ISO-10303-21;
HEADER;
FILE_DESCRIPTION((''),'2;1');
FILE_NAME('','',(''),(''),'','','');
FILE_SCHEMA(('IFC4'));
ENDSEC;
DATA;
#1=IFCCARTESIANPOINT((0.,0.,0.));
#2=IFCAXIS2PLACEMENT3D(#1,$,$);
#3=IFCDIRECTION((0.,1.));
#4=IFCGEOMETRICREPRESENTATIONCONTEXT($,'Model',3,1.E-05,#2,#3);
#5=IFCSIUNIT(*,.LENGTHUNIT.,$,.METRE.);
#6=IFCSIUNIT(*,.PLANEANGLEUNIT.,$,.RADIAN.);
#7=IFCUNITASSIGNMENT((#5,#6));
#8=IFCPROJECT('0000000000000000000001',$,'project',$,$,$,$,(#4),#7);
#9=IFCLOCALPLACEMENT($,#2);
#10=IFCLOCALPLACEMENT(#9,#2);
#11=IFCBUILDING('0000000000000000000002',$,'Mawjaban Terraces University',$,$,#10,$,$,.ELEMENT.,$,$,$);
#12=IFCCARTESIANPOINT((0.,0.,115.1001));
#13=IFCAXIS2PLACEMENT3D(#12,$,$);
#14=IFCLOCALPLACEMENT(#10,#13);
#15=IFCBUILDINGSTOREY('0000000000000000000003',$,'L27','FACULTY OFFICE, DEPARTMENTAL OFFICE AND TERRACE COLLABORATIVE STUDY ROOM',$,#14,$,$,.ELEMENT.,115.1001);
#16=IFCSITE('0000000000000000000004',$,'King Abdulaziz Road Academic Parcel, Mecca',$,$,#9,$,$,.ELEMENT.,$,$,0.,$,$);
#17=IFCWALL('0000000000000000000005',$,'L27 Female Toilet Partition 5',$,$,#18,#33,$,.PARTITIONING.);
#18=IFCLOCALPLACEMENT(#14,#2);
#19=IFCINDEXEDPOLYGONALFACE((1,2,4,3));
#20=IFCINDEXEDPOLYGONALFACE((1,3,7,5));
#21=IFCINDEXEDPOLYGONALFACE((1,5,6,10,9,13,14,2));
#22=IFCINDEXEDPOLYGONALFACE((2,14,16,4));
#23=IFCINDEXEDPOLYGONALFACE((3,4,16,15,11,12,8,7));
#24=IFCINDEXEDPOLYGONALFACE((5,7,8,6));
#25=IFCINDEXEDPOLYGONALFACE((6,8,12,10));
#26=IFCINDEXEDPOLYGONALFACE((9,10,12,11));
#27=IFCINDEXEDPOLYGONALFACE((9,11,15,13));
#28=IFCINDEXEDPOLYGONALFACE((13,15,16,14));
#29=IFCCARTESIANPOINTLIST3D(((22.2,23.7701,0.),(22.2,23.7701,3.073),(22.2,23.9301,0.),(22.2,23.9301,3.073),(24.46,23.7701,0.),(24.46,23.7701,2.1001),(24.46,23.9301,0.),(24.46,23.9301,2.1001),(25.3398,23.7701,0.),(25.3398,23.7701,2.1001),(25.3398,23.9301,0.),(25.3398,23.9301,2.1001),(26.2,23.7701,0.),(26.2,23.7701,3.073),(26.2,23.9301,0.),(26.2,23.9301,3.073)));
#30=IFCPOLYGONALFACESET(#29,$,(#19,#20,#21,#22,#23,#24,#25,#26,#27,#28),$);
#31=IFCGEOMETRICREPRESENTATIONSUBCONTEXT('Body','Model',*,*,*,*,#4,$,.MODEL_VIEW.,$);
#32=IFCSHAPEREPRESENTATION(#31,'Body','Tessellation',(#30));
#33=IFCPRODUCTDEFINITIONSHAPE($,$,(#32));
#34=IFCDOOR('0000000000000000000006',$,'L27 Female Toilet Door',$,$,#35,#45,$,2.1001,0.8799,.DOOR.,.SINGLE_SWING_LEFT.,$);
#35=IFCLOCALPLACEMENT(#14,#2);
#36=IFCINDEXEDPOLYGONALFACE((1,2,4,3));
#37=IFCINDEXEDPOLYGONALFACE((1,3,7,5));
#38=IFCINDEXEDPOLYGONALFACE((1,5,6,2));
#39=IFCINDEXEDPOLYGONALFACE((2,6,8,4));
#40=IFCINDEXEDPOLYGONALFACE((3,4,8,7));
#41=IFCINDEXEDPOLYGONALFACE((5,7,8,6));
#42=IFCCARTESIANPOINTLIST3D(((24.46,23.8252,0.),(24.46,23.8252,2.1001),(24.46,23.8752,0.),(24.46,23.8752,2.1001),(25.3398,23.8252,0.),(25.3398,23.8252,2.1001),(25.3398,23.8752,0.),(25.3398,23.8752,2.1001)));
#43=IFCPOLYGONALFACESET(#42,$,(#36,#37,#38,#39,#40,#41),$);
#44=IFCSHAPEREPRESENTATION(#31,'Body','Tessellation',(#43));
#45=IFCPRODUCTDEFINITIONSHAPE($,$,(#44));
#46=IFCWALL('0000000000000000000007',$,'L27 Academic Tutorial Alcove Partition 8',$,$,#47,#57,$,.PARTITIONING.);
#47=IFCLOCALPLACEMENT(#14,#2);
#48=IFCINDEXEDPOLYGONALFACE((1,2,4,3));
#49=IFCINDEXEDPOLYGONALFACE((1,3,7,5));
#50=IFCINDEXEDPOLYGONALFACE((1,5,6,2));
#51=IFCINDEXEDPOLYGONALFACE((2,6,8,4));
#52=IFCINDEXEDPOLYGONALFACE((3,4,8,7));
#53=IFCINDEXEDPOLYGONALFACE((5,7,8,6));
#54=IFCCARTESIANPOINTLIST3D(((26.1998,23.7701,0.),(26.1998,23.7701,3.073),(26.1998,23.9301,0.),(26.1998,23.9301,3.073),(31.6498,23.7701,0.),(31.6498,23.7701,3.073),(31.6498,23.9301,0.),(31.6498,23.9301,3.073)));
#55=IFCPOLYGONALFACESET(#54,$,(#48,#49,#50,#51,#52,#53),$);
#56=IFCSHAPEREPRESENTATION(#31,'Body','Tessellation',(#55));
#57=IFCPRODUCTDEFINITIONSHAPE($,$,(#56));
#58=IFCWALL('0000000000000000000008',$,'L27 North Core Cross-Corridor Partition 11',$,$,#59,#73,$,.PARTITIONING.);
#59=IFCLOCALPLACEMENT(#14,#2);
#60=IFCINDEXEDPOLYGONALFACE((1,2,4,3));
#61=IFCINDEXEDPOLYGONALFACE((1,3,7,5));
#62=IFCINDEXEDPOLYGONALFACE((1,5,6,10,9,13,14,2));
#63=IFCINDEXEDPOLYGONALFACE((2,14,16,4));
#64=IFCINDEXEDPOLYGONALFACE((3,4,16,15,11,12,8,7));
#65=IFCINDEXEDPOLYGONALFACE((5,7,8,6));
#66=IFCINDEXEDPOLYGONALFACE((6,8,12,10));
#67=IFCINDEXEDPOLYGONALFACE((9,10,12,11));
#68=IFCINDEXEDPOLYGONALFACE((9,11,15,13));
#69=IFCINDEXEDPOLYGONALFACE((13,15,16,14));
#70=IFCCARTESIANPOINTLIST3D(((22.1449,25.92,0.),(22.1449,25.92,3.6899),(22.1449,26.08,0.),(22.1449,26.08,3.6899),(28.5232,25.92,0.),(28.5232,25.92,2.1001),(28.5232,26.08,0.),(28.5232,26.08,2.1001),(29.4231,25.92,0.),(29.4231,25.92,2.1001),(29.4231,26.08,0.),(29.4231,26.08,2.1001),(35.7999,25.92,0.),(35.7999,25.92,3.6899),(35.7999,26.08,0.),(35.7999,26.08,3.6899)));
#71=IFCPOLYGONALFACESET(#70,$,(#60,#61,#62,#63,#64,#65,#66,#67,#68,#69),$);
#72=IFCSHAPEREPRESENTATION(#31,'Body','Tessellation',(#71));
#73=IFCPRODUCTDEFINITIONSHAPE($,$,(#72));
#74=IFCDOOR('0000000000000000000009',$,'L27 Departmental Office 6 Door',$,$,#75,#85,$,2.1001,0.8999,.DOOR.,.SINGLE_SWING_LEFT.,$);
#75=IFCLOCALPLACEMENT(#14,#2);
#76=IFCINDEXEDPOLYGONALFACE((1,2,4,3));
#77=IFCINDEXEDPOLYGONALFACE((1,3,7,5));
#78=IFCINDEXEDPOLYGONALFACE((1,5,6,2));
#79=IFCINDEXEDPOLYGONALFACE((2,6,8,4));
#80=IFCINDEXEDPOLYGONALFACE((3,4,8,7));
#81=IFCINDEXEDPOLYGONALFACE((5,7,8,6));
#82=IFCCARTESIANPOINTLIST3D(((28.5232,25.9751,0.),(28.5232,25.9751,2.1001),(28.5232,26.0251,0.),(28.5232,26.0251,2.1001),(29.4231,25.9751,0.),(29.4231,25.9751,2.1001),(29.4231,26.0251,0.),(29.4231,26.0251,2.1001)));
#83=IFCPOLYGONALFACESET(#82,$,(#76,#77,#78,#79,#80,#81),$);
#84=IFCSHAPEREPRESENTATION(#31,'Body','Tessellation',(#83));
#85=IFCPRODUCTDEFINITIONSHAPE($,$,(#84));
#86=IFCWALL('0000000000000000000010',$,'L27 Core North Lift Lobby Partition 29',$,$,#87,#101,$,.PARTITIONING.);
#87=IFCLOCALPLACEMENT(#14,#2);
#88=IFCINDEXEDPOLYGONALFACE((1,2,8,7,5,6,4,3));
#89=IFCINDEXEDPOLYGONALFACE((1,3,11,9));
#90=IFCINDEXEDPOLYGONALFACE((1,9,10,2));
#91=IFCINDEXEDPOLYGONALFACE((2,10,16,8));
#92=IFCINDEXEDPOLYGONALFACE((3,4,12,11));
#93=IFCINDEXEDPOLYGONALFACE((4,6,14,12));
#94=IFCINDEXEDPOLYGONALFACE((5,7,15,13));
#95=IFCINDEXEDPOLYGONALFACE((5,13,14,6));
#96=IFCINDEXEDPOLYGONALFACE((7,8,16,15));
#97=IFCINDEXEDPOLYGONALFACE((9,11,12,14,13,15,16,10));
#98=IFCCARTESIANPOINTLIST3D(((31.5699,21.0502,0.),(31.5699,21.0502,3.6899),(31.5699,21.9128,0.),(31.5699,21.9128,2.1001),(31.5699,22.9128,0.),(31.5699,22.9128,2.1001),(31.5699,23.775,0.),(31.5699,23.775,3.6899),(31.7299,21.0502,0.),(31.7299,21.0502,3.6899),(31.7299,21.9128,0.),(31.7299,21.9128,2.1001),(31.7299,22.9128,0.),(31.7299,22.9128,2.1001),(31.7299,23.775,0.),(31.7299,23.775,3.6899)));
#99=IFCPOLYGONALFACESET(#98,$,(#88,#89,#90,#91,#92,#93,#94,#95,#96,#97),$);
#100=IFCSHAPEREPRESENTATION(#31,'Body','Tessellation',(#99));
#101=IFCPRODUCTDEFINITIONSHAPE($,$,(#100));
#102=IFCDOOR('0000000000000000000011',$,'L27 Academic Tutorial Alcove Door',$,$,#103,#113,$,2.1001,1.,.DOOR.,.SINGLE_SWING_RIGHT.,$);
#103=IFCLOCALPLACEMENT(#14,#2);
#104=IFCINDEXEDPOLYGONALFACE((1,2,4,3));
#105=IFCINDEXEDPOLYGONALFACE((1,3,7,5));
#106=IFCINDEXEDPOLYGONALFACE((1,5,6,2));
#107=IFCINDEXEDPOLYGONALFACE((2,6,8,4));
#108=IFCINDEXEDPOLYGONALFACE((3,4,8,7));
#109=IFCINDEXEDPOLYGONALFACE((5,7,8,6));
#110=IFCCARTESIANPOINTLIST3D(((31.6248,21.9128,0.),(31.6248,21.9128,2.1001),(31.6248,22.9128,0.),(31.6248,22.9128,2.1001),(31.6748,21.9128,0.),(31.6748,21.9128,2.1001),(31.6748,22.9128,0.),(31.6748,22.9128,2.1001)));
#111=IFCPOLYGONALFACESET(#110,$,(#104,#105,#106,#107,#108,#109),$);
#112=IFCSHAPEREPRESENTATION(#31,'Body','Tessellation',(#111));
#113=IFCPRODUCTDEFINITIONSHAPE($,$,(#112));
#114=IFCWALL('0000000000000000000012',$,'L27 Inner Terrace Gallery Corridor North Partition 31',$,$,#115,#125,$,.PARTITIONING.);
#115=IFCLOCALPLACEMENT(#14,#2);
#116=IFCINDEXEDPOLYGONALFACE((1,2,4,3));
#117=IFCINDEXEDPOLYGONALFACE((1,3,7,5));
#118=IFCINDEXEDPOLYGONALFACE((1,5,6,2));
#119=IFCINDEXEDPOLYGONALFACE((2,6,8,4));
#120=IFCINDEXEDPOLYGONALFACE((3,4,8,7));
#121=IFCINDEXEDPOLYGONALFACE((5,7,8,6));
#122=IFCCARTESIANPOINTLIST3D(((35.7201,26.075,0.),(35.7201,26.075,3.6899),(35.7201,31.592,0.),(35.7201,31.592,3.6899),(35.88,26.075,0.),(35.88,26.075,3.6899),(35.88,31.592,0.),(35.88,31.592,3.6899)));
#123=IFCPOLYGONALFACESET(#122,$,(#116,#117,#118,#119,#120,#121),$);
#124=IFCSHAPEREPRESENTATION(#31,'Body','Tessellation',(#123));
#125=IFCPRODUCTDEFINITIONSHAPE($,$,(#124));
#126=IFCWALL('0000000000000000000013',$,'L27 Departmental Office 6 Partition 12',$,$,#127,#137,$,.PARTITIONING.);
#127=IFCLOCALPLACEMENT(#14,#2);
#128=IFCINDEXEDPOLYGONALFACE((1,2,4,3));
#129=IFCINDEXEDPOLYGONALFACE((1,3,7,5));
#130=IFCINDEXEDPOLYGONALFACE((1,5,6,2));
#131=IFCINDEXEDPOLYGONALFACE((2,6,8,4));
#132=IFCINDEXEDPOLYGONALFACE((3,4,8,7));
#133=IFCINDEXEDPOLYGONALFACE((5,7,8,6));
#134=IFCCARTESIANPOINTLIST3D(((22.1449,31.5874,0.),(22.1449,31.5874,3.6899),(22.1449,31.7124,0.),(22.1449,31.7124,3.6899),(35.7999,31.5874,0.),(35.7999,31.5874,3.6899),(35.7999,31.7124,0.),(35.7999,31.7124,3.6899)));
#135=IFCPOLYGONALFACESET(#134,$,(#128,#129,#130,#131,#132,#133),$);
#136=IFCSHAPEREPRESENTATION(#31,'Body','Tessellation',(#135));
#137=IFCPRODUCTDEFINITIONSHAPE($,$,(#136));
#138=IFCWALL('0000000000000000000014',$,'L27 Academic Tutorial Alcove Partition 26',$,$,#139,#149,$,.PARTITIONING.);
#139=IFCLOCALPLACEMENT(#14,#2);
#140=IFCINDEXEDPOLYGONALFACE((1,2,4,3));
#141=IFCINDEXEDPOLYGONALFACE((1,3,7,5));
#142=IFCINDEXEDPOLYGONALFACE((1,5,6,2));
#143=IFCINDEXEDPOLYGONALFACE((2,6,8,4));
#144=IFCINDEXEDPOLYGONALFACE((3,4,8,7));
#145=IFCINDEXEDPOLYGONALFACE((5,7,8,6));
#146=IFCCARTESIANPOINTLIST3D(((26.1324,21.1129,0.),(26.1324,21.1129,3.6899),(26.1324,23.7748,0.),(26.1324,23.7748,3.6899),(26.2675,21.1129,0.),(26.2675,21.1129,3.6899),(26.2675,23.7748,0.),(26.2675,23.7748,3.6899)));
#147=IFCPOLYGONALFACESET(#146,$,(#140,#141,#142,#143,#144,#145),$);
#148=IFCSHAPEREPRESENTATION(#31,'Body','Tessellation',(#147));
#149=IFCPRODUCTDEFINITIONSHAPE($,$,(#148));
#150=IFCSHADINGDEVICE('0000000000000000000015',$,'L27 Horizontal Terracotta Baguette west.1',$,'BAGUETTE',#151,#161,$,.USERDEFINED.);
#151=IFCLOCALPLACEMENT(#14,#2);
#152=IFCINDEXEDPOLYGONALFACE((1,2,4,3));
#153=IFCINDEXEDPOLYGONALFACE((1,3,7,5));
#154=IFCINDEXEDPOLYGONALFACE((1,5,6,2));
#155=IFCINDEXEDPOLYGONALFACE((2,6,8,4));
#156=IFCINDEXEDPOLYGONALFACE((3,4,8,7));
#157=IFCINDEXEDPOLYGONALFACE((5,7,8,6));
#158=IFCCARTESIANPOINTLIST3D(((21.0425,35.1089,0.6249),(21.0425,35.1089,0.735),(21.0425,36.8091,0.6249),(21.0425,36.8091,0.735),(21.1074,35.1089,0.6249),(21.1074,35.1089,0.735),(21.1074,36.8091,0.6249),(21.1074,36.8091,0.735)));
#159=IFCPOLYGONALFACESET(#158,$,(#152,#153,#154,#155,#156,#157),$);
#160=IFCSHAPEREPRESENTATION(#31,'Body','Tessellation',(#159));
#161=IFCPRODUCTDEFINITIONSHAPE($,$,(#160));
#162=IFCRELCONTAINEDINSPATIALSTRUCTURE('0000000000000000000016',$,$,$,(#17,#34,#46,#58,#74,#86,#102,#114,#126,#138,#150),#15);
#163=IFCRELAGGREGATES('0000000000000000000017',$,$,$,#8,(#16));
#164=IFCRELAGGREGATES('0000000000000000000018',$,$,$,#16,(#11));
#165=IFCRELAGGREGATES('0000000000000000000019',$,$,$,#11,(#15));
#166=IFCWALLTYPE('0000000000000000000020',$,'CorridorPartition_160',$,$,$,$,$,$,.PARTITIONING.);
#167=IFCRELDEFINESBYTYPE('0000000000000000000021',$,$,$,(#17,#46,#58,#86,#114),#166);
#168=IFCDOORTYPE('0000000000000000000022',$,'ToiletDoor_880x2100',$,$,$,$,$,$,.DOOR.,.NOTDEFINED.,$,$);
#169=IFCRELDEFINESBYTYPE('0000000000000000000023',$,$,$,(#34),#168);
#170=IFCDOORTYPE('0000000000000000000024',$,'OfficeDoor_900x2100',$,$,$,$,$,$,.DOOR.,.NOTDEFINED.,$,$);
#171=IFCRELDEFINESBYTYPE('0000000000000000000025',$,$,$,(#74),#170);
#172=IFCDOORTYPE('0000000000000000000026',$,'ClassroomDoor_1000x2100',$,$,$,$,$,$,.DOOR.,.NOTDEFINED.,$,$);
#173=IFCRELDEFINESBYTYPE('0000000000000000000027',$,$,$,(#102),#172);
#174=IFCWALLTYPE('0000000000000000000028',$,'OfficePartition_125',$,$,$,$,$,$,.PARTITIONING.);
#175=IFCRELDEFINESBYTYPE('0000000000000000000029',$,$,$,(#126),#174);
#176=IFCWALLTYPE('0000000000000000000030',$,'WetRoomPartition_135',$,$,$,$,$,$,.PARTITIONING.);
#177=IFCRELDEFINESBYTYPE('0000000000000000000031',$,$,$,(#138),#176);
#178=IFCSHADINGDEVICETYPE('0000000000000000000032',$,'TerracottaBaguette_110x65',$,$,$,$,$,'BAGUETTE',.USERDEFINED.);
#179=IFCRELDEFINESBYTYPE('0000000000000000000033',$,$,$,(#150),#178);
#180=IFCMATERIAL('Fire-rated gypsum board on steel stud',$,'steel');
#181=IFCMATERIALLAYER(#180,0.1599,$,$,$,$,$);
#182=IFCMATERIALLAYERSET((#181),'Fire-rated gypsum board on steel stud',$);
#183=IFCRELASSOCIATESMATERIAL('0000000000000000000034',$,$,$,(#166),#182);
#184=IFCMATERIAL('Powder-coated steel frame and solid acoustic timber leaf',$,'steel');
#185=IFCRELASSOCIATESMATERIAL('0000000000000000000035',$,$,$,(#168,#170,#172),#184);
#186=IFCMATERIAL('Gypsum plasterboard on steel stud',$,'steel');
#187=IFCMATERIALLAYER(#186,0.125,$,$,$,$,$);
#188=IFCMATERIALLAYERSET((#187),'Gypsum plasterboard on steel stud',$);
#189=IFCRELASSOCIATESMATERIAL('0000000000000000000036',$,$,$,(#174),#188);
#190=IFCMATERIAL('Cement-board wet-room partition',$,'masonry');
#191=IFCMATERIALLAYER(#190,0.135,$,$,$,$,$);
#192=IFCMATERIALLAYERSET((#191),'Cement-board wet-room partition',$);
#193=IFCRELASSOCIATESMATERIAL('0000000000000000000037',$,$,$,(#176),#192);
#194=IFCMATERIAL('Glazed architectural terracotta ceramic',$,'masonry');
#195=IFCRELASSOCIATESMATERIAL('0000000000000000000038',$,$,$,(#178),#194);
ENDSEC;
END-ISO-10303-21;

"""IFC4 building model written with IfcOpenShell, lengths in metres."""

from ifc_helpers import new_model, si_unit, direction, frame, frame_2d, origin, origin_2d, place, context, subcontext, project, spatial, rectangle, extrude, material, layer, layer_set, material_profile, profile_set, type_object, element, fill, save


model = new_model("IFC4")

# Units and contexts
model_context = context("Model", 3, precision=1e-05, world=origin(), true_north=direction((0.0, 1.0)))
body_context = subcontext(model_context, "Body", "Model", "MODEL_VIEW")
ifc_project = project(units=[si_unit("LENGTHUNIT", "METRE"), si_unit("PLANEANGLEUNIT", "RADIAN")], contexts=[model_context])

# Site, building, storey
site_placement = place(None, origin())
site = spatial("IfcSite", under=ifc_project, at=site_placement, Name="King Abdulaziz Road Academic Parcel, Mecca", CompositionType="ELEMENT", RefElevation=0.0)
building_placement = place(site_placement, origin())
building = spatial("IfcBuilding", under=site, at=building_placement, Name="Mawjaban Terraces University", CompositionType="ELEMENT")
storey_placement = place(building_placement, frame((0.0, 0.0, 115.1001)))
storey = spatial("IfcBuildingStorey", under=building, at=storey_placement, Name="L27", Description="FACULTY OFFICE, DEPARTMENTAL OFFICE AND TERRACE COLLABORATIVE STUDY ROOM", CompositionType="ELEMENT", Elevation=115.1001)

# Wall, opening, door
ifc_material_1 = material(Name="Fire-rated gypsum board on steel stud", Category="steel")
ifc_layer_1 = layer(ifc_material_1, 0.1599)
ifc_layer_set_1 = layer_set([ifc_layer_1], Name="Fire-rated gypsum board on steel stud")
wall_type_1 = type_object("IfcWallType", Name="CorridorPartition_160", PredefinedType="PARTITIONING", material=ifc_layer_set_1)
wall_1_placement = place(storey_placement, frame((26.2, 23.8501, 0.0), z_axis=(0.0, 0.0, 1.0), x_axis=(-1.0, 0.0, 0.0)))
wall_1 = element("IfcWall", 1, at=wall_1_placement, inside=storey, type_object=wall_type_1, Name="L27 Female Toilet Partition 5", PredefinedType="PARTITIONING", context=body_context, shape_type="SweptSolid", body=[
    extrude(rectangle(XDim=4.0, YDim=0.1599, at=frame_2d((2.0, 0.0))), origin(), (0.0, 0.0, 1.0), 3.073),
])
opening_1_placement = place(wall_1_placement, frame((0.8601, 0.0, 0.0)))
opening_1 = element("IfcOpeningElement", 2, at=opening_1_placement, cuts=wall_1, PredefinedType="OPENING", context=body_context, shape_type="SweptSolid", body=[
    extrude(rectangle(XDim=0.8799, YDim=2.1001, at=frame_2d((0.4399, 1.05))), frame((0.0, 0.0898, 0.0), z_axis=(0.0, -1.0, 0.0), x_axis=(1.0, 0.0, 0.0)), (0.0, 0.0, 1.0), 0.1799),
])
ifc_material_2 = material(Name="Powder-coated steel frame and solid acoustic timber leaf", Category="steel")
door_type_1 = type_object("IfcDoorType", Name="ToiletDoor_880x2100", OperationType="NOTDEFINED", PredefinedType="DOOR", material=ifc_material_2)
door_1_placement = place(opening_1_placement, origin())
door_1 = element("IfcDoor", 3, at=door_1_placement, inside=storey, type_object=door_type_1, Name="L27 Female Toilet Door", OperationType="SINGLE_SWING_LEFT", OverallHeight=2.1001, OverallWidth=0.8799, PredefinedType="DOOR", context=body_context, shape_type="SweptSolid", body=[
    extrude(rectangle(XDim=0.8799, YDim=2.1001, at=frame_2d((0.4399, 1.05))), frame((0.0, 0.0249, 0.0), z_axis=(0.0, -1.0, 0.0), x_axis=(1.0, 0.0, 0.0)), (0.0, 0.0, 1.0), 0.05),
])
fill(opening_1, door_1)

# Wall
wall_2_placement = place(storey_placement, frame((31.6499, 23.8501, 0.0), z_axis=(0.0, 0.0, 1.0), x_axis=(-1.0, 0.0, 0.0)))
element("IfcWall", 4, at=wall_2_placement, inside=storey, type_object=wall_type_1, Name="L27 Academic Tutorial Alcove Partition 8", PredefinedType="PARTITIONING", context=body_context, shape_type="SweptSolid", body=[
    extrude(rectangle(XDim=5.45, YDim=0.1599, at=frame_2d((2.7251, 0.0))), origin(), (0.0, 0.0, 1.0), 3.073),
])

# Walls, openings, doors
wall_3_placement = place(storey_placement, frame((35.8, 26.0, 0.0), z_axis=(0.0, 0.0, 1.0), x_axis=(-1.0, 0.0, 0.0)))
wall_3 = element("IfcWall", 5, at=wall_3_placement, inside=storey, type_object=wall_type_1, Name="L27 North Core Cross-Corridor Partition 11", PredefinedType="PARTITIONING", context=body_context, shape_type="SweptSolid", body=[
    extrude(rectangle(XDim=13.655, YDim=0.1599, at=frame_2d((6.8276, 0.0))), origin(), (0.0, 0.0, 1.0), 3.6899),
])
opening_2_placement = place(wall_3_placement, frame((6.377, 0.0, 0.0)))
opening_2 = element("IfcOpeningElement", 6, at=opening_2_placement, cuts=wall_3, PredefinedType="OPENING", context=body_context, shape_type="SweptSolid", body=[
    extrude(rectangle(XDim=0.8999, YDim=2.1001, at=frame_2d((0.45, 1.05))), frame((0.0, 0.0898, 0.0), z_axis=(0.0, -1.0, 0.0), x_axis=(1.0, 0.0, 0.0)), (0.0, 0.0, 1.0), 0.1799),
])
door_type_2 = type_object("IfcDoorType", Name="OfficeDoor_900x2100", OperationType="NOTDEFINED", PredefinedType="DOOR", material=ifc_material_2)
door_2_placement = place(opening_2_placement, origin())
door_2 = element("IfcDoor", 7, at=door_2_placement, inside=storey, type_object=door_type_2, Name="L27 Departmental Office 6 Door", OperationType="SINGLE_SWING_LEFT", OverallHeight=2.1001, OverallWidth=0.8999, PredefinedType="DOOR", context=body_context, shape_type="SweptSolid", body=[
    extrude(rectangle(XDim=0.8999, YDim=2.1001, at=frame_2d((0.45, 1.05))), frame((0.0, 0.0249, 0.0), z_axis=(0.0, -1.0, 0.0), x_axis=(1.0, 0.0, 0.0)), (0.0, 0.0, 1.0), 0.05),
])
fill(opening_2, door_2)
wall_4_placement = place(storey_placement, frame((31.6499, 23.7749, 0.0), z_axis=(0.0, 0.0, 1.0), x_axis=(0.0, -1.0, 0.0)))
wall_4 = element("IfcWall", 8, at=wall_4_placement, inside=storey, type_object=wall_type_1, Name="L27 Core North Lift Lobby Partition 29", PredefinedType="PARTITIONING", context=body_context, shape_type="SweptSolid", body=[
    extrude(rectangle(XDim=2.7249, YDim=0.1599, at=frame_2d((1.3623, 0.0))), origin(), (0.0, 0.0, 1.0), 3.6899),
])
opening_3_placement = place(wall_4_placement, frame((0.8621, 0.0, 0.0)))
opening_3 = element("IfcOpeningElement", 9, at=opening_3_placement, cuts=wall_4, PredefinedType="OPENING", context=body_context, shape_type="SweptSolid", body=[
    extrude(rectangle(XDim=1.0, YDim=2.1001, at=frame_2d((0.5, 1.05))), frame((0.0, 0.0898, 0.0), z_axis=(0.0, -1.0, 0.0), x_axis=(1.0, 0.0, 0.0)), (0.0, 0.0, 1.0), 0.1799),
])
door_type_3 = type_object("IfcDoorType", Name="ClassroomDoor_1000x2100", OperationType="NOTDEFINED", PredefinedType="DOOR", material=ifc_material_2)
door_3_placement = place(opening_3_placement, origin())
door_3 = element("IfcDoor", 10, at=door_3_placement, inside=storey, type_object=door_type_3, Name="L27 Academic Tutorial Alcove Door", OperationType="SINGLE_SWING_RIGHT", OverallHeight=2.1001, OverallWidth=1.0, PredefinedType="DOOR", context=body_context, shape_type="SweptSolid", body=[
    extrude(rectangle(XDim=1.0, YDim=2.1001, at=frame_2d((0.5, 1.05))), frame((0.0, 0.0249, 0.0), z_axis=(0.0, -1.0, 0.0), x_axis=(1.0, 0.0, 0.0)), (0.0, 0.0, 1.0), 0.05),
])
fill(opening_3, door_3)

# Walls
wall_5_placement = place(storey_placement, frame((35.8, 31.592, 0.0), z_axis=(0.0, 0.0, 1.0), x_axis=(0.0, -1.0, 0.0)))
element("IfcWall", 11, at=wall_5_placement, inside=storey, type_object=wall_type_1, Name="L27 Inner Terrace Gallery Corridor North Partition 31", PredefinedType="PARTITIONING", context=body_context, shape_type="SweptSolid", body=[
    extrude(rectangle(XDim=5.5171, YDim=0.1599, at=frame_2d((2.7585, 0.0))), origin(), (0.0, 0.0, 1.0), 3.6899),
])
ifc_material_3 = material(Name="Gypsum plasterboard on steel stud", Category="steel")
ifc_layer_2 = layer(ifc_material_3, 0.125)
ifc_layer_set_2 = layer_set([ifc_layer_2], Name="Gypsum plasterboard on steel stud")
wall_type_2 = type_object("IfcWallType", Name="OfficePartition_125", PredefinedType="PARTITIONING", material=ifc_layer_set_2)
wall_6_placement = place(storey_placement, frame((35.8, 31.6499, 0.0), z_axis=(0.0, 0.0, 1.0), x_axis=(-1.0, 0.0, 0.0)))
element("IfcWall", 12, at=wall_6_placement, inside=storey, type_object=wall_type_2, Name="L27 Departmental Office 6 Partition 12", PredefinedType="PARTITIONING", context=body_context, shape_type="SweptSolid", body=[
    extrude(rectangle(XDim=13.655, YDim=0.125, at=frame_2d((6.8276, 0.0))), origin(), (0.0, 0.0, 1.0), 3.6899),
])
ifc_material_4 = material(Name="Cement-board wet-room partition", Category="masonry")
ifc_layer_3 = layer(ifc_material_4, 0.135)
ifc_layer_set_3 = layer_set([ifc_layer_3], Name="Cement-board wet-room partition")
wall_type_3 = type_object("IfcWallType", Name="WetRoomPartition_135", PredefinedType="PARTITIONING", material=ifc_layer_set_3)
wall_7_placement = place(storey_placement, frame((26.2, 23.7749, 0.0), z_axis=(0.0, 0.0, 1.0), x_axis=(0.0, -1.0, 0.0)))
element("IfcWall", 13, at=wall_7_placement, inside=storey, type_object=wall_type_3, Name="L27 Academic Tutorial Alcove Partition 26", PredefinedType="PARTITIONING", context=body_context, shape_type="SweptSolid", body=[
    extrude(rectangle(XDim=2.6619, YDim=0.135, at=frame_2d((1.3311, 0.0))), origin(), (0.0, 0.0, 1.0), 3.6899),
])

# Shading device
ifc_material_5 = material(Name="Glazed architectural terracotta ceramic", Category="masonry")
ifc_material_profile_1 = material_profile(ifc_material_5, rectangle(XDim=0.0649, YDim=0.1101, at=origin_2d()), Name="TBAG110X65")
ifc_profile_set_1 = profile_set([ifc_material_profile_1], Name="Glazed architectural terracotta ceramic")
shading_device_type = type_object("IfcShadingDeviceType", Name="TerracottaBaguette_110x65", ElementType="BAGUETTE", PredefinedType="USERDEFINED", material=ifc_profile_set_1)
shading_device_placement = place(storey_placement, frame((21.075, 35.1089, 0.6799), z_axis=(0.0, 1.0, 0.0), x_axis=(-1.0, 0.0, 0.0)))
element("IfcShadingDevice", 14, at=shading_device_placement, inside=storey, type_object=shading_device_type, Name="L27 Horizontal Terracotta Baguette west.1", ObjectType="BAGUETTE", PredefinedType="USERDEFINED", context=body_context, shape_type="SweptSolid", body=[
    extrude(rectangle(XDim=0.0649, YDim=0.1101, at=origin_2d()), origin(), (0.0, 0.0, 1.0), 1.7002),
])

save(model, "model.ifc")
